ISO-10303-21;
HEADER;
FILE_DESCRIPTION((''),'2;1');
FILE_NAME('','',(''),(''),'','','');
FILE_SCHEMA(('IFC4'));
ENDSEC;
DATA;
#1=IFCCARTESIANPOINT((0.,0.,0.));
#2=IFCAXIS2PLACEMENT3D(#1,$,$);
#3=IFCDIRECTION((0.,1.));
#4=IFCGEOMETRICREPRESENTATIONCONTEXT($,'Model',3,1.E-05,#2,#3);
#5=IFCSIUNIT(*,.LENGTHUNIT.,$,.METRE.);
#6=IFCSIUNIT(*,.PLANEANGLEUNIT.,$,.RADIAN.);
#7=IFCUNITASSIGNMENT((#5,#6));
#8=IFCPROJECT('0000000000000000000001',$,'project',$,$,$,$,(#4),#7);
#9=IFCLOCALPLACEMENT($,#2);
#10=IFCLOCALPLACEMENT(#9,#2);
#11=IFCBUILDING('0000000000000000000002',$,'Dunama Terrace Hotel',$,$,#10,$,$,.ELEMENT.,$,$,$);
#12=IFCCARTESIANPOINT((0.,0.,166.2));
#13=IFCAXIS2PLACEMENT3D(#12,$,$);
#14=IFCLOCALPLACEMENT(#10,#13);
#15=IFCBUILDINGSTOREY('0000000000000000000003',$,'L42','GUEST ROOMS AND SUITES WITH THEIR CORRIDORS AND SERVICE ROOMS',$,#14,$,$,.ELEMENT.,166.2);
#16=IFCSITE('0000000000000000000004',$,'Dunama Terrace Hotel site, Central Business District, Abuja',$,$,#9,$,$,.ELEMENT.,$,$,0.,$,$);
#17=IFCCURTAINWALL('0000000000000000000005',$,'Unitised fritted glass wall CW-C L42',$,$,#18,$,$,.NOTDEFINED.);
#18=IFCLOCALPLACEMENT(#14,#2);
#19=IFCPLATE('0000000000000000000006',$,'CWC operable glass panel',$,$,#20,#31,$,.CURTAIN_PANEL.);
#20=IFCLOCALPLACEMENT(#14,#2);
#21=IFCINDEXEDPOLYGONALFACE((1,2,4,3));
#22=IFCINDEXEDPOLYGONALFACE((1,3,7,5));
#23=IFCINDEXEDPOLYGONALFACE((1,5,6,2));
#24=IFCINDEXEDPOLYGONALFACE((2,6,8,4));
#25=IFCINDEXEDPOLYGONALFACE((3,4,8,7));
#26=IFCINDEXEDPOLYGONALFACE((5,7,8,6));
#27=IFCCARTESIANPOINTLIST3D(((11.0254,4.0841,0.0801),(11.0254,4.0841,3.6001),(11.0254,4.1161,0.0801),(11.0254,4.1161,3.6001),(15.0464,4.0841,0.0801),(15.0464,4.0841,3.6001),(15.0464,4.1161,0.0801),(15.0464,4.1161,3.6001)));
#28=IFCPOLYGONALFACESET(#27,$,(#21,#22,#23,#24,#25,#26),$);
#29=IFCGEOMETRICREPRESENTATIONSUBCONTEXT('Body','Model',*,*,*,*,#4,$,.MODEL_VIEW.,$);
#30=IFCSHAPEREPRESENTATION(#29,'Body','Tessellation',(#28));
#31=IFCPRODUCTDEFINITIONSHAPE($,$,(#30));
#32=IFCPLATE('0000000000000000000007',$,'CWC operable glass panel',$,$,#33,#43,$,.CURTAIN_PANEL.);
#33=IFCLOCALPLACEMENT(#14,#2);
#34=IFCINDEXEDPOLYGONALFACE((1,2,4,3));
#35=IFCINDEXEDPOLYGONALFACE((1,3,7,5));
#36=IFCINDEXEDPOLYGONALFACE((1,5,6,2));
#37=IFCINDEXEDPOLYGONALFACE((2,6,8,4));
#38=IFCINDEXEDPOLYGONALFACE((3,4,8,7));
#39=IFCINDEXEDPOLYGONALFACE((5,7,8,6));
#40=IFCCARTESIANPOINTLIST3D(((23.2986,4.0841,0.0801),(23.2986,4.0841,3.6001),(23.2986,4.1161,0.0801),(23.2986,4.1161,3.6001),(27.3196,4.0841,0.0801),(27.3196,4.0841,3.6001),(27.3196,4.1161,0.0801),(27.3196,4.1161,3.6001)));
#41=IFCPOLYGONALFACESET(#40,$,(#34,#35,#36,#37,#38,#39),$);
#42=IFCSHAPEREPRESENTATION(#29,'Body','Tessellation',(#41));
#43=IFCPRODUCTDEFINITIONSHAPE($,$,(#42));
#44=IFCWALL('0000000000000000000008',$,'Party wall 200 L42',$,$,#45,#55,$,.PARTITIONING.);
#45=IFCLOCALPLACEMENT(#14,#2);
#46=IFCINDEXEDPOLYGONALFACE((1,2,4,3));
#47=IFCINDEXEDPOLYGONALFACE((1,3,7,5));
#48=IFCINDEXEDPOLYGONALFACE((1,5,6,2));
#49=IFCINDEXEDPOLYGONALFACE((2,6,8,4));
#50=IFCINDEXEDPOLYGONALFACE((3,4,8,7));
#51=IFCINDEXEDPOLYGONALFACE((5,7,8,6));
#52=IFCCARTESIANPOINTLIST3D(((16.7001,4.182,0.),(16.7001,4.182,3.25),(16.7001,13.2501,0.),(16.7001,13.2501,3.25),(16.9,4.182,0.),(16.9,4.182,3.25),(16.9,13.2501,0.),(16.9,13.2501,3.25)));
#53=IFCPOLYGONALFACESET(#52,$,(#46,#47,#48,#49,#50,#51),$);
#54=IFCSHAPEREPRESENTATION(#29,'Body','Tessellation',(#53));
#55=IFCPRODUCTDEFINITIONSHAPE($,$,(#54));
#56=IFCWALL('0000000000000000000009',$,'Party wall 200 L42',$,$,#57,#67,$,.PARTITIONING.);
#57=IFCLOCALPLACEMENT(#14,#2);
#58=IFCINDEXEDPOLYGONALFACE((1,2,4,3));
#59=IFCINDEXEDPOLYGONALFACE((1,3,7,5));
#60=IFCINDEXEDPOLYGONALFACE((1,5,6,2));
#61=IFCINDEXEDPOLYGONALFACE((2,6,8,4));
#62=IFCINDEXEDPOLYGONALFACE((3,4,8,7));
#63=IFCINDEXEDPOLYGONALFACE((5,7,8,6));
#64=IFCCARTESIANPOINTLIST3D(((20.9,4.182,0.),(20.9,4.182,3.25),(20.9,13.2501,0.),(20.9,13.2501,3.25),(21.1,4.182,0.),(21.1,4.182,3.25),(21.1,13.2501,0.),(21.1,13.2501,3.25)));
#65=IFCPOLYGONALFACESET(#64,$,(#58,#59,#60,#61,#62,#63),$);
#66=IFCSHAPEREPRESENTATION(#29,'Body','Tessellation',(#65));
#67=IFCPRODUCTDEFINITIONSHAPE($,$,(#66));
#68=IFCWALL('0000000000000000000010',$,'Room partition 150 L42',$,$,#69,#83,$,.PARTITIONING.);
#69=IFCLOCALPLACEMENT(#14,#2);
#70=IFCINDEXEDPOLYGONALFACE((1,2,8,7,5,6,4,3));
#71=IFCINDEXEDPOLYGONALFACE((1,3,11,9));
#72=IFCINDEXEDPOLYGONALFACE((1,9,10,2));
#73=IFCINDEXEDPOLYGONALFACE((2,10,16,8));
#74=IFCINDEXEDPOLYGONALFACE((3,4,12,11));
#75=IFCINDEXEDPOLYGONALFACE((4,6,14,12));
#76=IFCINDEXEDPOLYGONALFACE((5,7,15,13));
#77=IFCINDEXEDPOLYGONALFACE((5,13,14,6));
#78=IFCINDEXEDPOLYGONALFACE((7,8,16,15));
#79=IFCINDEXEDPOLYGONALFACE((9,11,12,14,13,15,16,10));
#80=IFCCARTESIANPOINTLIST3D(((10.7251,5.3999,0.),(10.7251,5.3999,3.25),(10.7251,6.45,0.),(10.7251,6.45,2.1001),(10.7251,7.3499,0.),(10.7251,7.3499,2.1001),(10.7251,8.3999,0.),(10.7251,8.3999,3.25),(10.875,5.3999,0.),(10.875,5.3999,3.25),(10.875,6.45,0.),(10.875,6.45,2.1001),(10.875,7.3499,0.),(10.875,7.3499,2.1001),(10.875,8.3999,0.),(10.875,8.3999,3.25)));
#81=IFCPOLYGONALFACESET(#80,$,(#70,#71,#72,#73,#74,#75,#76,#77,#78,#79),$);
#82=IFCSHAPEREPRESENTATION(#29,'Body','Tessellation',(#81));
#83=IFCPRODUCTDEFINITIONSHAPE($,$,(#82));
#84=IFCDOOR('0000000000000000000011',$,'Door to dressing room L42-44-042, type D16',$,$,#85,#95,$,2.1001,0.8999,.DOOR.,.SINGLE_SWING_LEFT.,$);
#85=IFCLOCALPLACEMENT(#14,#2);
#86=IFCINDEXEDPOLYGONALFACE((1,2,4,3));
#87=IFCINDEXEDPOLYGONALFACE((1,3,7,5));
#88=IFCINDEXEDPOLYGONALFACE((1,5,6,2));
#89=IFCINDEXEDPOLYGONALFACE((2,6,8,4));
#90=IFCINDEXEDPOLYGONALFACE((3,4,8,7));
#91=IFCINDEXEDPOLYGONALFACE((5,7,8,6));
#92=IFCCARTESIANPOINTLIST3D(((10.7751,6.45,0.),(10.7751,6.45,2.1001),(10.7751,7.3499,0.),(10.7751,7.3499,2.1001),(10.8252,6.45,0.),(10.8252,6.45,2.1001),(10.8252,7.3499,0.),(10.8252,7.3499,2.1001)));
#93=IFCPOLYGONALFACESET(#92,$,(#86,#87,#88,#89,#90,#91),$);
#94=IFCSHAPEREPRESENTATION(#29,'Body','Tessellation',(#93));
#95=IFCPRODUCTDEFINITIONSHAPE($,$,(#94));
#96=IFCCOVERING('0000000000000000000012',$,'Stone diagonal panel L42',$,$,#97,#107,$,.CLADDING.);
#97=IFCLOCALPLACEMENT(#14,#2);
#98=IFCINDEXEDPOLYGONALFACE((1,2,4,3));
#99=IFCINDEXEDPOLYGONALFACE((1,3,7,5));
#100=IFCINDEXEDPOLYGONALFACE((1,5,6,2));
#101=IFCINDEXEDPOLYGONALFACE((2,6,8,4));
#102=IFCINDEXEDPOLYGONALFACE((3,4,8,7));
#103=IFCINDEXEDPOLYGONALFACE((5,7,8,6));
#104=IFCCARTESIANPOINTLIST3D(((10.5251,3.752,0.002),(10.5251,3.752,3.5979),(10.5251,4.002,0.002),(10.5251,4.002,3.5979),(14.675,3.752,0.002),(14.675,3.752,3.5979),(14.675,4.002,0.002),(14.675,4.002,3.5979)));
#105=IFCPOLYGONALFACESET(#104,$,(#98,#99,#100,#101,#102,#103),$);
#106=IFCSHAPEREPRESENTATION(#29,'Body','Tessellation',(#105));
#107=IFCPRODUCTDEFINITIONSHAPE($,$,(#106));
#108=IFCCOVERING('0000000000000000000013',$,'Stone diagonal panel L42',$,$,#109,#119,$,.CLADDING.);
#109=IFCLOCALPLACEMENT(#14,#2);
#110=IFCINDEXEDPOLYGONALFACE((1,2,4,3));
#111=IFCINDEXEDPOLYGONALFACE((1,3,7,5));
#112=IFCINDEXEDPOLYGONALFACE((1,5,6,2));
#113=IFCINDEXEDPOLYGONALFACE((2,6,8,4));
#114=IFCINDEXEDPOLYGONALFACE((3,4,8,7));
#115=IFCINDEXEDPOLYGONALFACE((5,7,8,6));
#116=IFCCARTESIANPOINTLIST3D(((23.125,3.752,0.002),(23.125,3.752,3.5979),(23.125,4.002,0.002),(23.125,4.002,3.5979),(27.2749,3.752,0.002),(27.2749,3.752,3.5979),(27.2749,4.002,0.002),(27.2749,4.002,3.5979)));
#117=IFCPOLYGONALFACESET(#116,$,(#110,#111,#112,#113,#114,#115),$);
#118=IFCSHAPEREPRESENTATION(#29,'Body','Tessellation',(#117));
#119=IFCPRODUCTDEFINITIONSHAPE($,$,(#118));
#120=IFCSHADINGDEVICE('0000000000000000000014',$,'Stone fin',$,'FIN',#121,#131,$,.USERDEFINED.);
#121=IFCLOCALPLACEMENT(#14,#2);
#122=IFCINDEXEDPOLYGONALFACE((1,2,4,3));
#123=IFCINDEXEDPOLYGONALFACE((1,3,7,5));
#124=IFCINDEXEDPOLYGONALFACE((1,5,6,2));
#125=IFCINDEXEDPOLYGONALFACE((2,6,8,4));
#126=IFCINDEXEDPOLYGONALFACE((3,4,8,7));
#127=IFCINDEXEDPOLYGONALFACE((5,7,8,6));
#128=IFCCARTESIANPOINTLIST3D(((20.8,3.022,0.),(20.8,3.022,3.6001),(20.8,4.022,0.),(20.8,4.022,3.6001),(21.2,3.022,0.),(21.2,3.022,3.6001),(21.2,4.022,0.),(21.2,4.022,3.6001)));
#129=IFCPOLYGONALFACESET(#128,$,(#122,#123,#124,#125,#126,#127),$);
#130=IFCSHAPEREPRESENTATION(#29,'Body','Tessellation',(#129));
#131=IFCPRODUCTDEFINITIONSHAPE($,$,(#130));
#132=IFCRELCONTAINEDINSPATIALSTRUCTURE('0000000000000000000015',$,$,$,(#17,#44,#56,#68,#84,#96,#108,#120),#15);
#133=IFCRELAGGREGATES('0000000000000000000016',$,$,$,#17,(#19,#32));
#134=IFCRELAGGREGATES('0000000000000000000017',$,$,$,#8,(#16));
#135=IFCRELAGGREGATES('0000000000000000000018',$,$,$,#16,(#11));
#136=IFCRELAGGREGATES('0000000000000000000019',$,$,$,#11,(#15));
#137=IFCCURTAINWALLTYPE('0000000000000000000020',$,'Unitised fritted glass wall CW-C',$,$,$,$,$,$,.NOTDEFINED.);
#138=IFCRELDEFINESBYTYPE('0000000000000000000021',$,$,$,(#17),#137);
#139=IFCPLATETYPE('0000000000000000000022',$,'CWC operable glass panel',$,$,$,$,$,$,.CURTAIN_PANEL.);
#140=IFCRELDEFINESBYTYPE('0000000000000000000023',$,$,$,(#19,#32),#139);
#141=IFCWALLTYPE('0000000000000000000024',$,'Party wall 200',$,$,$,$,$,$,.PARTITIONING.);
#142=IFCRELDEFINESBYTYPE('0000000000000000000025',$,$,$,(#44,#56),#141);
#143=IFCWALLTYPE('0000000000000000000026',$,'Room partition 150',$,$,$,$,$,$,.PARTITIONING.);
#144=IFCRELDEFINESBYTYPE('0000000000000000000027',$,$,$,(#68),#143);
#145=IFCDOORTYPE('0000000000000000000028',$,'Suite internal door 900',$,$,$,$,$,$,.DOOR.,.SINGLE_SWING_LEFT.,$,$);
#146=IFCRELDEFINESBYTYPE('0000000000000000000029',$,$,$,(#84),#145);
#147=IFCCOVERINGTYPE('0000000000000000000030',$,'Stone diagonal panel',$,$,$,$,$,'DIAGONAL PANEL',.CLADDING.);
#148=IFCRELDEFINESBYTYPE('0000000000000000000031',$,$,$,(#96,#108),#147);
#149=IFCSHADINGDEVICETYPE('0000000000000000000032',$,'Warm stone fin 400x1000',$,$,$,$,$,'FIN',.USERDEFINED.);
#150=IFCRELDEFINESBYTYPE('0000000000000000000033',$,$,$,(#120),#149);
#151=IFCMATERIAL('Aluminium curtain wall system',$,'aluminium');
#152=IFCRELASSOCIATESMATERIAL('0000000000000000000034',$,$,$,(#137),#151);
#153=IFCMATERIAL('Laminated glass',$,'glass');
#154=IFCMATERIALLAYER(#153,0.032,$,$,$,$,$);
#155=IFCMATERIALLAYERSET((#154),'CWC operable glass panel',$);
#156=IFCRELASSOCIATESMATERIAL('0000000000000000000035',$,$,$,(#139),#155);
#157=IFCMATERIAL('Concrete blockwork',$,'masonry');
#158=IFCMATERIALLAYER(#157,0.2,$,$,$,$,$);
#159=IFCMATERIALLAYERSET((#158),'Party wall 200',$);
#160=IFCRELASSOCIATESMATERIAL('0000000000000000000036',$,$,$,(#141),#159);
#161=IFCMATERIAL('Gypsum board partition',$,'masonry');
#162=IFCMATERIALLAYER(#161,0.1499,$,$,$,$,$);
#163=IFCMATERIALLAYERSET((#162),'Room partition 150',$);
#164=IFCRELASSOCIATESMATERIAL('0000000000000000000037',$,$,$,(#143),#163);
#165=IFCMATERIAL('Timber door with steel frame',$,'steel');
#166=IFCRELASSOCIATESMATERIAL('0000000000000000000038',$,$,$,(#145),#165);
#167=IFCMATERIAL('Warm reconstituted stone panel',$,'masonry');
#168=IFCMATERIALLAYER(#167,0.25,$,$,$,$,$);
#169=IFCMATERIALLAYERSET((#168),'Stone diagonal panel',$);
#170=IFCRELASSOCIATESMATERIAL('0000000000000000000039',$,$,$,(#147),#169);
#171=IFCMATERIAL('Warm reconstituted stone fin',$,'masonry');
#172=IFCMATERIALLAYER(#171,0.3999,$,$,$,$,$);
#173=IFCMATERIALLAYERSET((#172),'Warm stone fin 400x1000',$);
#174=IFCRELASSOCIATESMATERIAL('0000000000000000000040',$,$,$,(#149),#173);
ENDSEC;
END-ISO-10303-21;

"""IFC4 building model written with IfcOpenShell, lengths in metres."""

from ifc_helpers import new_model, si_unit, direction, frame, frame_2d, origin, origin_2d, place, context, subcontext, project, spatial, rectangle, extrude, material, layer, layer_set, type_object, element, fill, aggregate, save


model = new_model("IFC4")

# Units and contexts
model_context = context("Model", 3, precision=1e-05, world=origin(), true_north=direction((0.0, 1.0)))
body_context = subcontext(model_context, "Body", "Model", "MODEL_VIEW")
ifc_project = project(units=[si_unit("LENGTHUNIT", "METRE"), si_unit("PLANEANGLEUNIT", "RADIAN")], contexts=[model_context])

# Site, building, storey
site_placement = place(None, origin())
site = spatial("IfcSite", under=ifc_project, at=site_placement, Name="Dunama Terrace Hotel site, Central Business District, Abuja", CompositionType="ELEMENT", RefElevation=0.0)
building_placement = place(site_placement, origin())
building = spatial("IfcBuilding", under=site, at=building_placement, Name="Dunama Terrace Hotel", CompositionType="ELEMENT")
storey_placement = place(building_placement, frame((0.0, 0.0, 166.2)))
storey = spatial("IfcBuildingStorey", under=building, at=storey_placement, Name="L42", Description="GUEST ROOMS AND SUITES WITH THEIR CORRIDORS AND SERVICE ROOMS", CompositionType="ELEMENT", Elevation=166.2)

# Curtain wall
ifc_material_1 = material(Name="Aluminium curtain wall system", Category="aluminium")
curtain_wall_type = type_object("IfcCurtainWallType", Name="Unitised fritted glass wall CW-C", PredefinedType="NOTDEFINED", material=ifc_material_1)
curtain_wall_placement = place(storey_placement, origin())
curtain_wall = element("IfcCurtainWall", 1, at=curtain_wall_placement, inside=storey, type_object=curtain_wall_type, Name="Unitised fritted glass wall CW-C L42", PredefinedType="NOTDEFINED")

# Plates
ifc_material_2 = material(Name="Laminated glass", Category="glass")
ifc_layer_1 = layer(ifc_material_2, 0.032)
ifc_layer_set_1 = layer_set([ifc_layer_1], Name="CWC operable glass panel")
plate_type_1 = type_object("IfcPlateType", Name="CWC operable glass panel", PredefinedType="CURTAIN_PANEL", material=ifc_layer_set_1)
plate_1_placement = place(storey_placement, frame((13.0359, 4.1001, 0.0801), z_axis=(0.0, 0.0, 1.0), x_axis=(1.0, 0.0, 0.0)))
plate_1 = element("IfcPlate", 2, at=plate_1_placement, type_object=plate_type_1, Name="CWC operable glass panel", PredefinedType="CURTAIN_PANEL", context=body_context, shape_type="SweptSolid", body=[
    extrude(rectangle(XDim=4.021, YDim=0.032, at=origin_2d()), origin(), (0.0, 0.0, 1.0), 3.52),
])
plate_2_placement = place(storey_placement, frame((25.3091, 4.1001, 0.0801), z_axis=(0.0, 0.0, 1.0), x_axis=(1.0, 0.0, 0.0)))
plate_2 = element("IfcPlate", 3, at=plate_2_placement, type_object=plate_type_1, Name="CWC operable glass panel", PredefinedType="CURTAIN_PANEL", context=body_context, shape_type="SweptSolid", body=[
    extrude(rectangle(XDim=4.021, YDim=0.032, at=origin_2d()), origin(), (0.0, 0.0, 1.0), 3.52),
])
aggregate(curtain_wall, [plate_1, plate_2])

# Walls
ifc_material_3 = material(Name="Concrete blockwork", Category="masonry")
ifc_layer_2 = layer(ifc_material_3, 0.2)
ifc_layer_set_2 = layer_set([ifc_layer_2], Name="Party wall 200")
wall_type_1 = type_object("IfcWallType", Name="Party wall 200", PredefinedType="PARTITIONING", material=ifc_layer_set_2)
for number, where, z_axis, x_axis, name in (
    (4, (16.8, 4.1819, 0.0), (0.0, 0.0, 1.0), (0.0, 1.0, 0.0), "Party wall 200 L42"),
    (5, (21.0, 4.1819, 0.0), (0.0, 0.0, 1.0), (0.0, 1.0, 0.0), "Party wall 200 L42"),
):
    element("IfcWall", number, at=place(storey_placement, frame(where, z_axis=z_axis, x_axis=x_axis)), inside=storey, type_object=wall_type_1, Name=name, PredefinedType="PARTITIONING", context=body_context, shape_type="SweptSolid", body=[
        extrude(rectangle(XDim=9.0681, YDim=0.2, at=frame_2d((4.5342, 0.0))), origin(), (0.0, 0.0, 1.0), 3.25),
    ])

# Wall, opening, door
ifc_material_4 = material(Name="Gypsum board partition", Category="masonry")
ifc_layer_3 = layer(ifc_material_4, 0.1499)
ifc_layer_set_3 = layer_set([ifc_layer_3], Name="Room partition 150")
wall_type_2 = type_object("IfcWallType", Name="Room partition 150", PredefinedType="PARTITIONING", material=ifc_layer_set_3)
wall_placement = place(storey_placement, frame((10.8, 5.3999, 0.0), z_axis=(0.0, 0.0, 1.0), x_axis=(0.0, 1.0, 0.0)))
wall = element("IfcWall", 6, at=wall_placement, inside=storey, type_object=wall_type_2, Name="Room partition 150 L42", PredefinedType="PARTITIONING", context=body_context, shape_type="SweptSolid", body=[
    extrude(rectangle(XDim=3.0, YDim=0.1499, at=frame_2d((1.5, 0.0))), origin(), (0.0, 0.0, 1.0), 3.25),
])
opening_placement = place(wall_placement, frame((1.05, 0.0, 0.0)))
opening = element("IfcOpeningElement", 7, at=opening_placement, cuts=wall, PredefinedType="OPENING", context=body_context, shape_type="SweptSolid", body=[
    extrude(rectangle(XDim=0.8999, YDim=2.1001, at=frame_2d((0.45, 1.05))), frame((0.0, 0.085, 0.0), z_axis=(0.0, -1.0, 0.0), x_axis=(1.0, 0.0, 0.0)), (0.0, 0.0, 1.0), 0.1699),
])
ifc_material_5 = material(Name="Timber door with steel frame", Category="steel")
door_type = type_object("IfcDoorType", Name="Suite internal door 900", OperationType="SINGLE_SWING_LEFT", PredefinedType="DOOR", material=ifc_material_5)
door_placement = place(opening_placement, frame((0.8999, 0.0, 0.0), z_axis=(0.0, 0.0, 1.0), x_axis=(-1.0, 0.0, 0.0)))
door = element("IfcDoor", 8, at=door_placement, inside=storey, type_object=door_type, Name="Door to dressing room L42-44-042, type D16", OperationType="SINGLE_SWING_LEFT", OverallHeight=2.1001, OverallWidth=0.8999, PredefinedType="DOOR", context=body_context, shape_type="SweptSolid", body=[
    extrude(rectangle(XDim=0.8999, YDim=2.1001, at=frame_2d((0.45, 1.05))), frame((0.0, 0.0251, 0.0), z_axis=(0.0, -1.0, 0.0), x_axis=(1.0, 0.0, 0.0)), (0.0, 0.0, 1.0), 0.05),
])
fill(opening, door)

# Coverings
ifc_material_6 = material(Name="Warm reconstituted stone panel", Category="masonry")
ifc_layer_4 = layer(ifc_material_6, 0.25)
ifc_layer_set_4 = layer_set([ifc_layer_4], Name="Stone diagonal panel")
covering_type = type_object("IfcCoveringType", Name="Stone diagonal panel", ElementType="DIAGONAL PANEL", PredefinedType="CLADDING", material=ifc_layer_set_4)
for number, where, z_axis, x_axis, name in (
    (9, (12.6001, 3.877, 0.002), (0.0, 0.0, 1.0), (1.0, 0.0, 0.0), "Stone diagonal panel L42"),
    (10, (25.2, 3.877, 0.002), (0.0, 0.0, 1.0), (1.0, 0.0, 0.0), "Stone diagonal panel L42"),
):
    element("IfcCovering", number, at=place(storey_placement, frame(where, z_axis=z_axis, x_axis=x_axis)), inside=storey, type_object=covering_type, Name=name, PredefinedType="CLADDING", context=body_context, shape_type="SweptSolid", body=[
        extrude(rectangle(XDim=4.1499, YDim=0.25, at=origin_2d()), origin(), (0.0, 0.0, 1.0), 3.5959),
    ])

# Shading device
ifc_material_7 = material(Name="Warm reconstituted stone fin", Category="masonry")
ifc_layer_5 = layer(ifc_material_7, 0.3999)
ifc_layer_set_5 = layer_set([ifc_layer_5], Name="Warm stone fin 400x1000")
shading_device_type = type_object("IfcShadingDeviceType", Name="Warm stone fin 400x1000", ElementType="FIN", PredefinedType="USERDEFINED", material=ifc_layer_set_5)
shading_device_placement = place(storey_placement, frame((21.0, 3.522, 0.0), z_axis=(0.0, 0.0, 1.0), x_axis=(1.0, 0.0, 0.0)))
element("IfcShadingDevice", 11, at=shading_device_placement, inside=storey, type_object=shading_device_type, Name="Stone fin", ObjectType="FIN", PredefinedType="USERDEFINED", context=body_context, shape_type="SweptSolid", body=[
    extrude(rectangle(XDim=0.3999, YDim=1.0, at=origin_2d()), origin(), (0.0, 0.0, 1.0), 3.6001),
])

save(model, "model.ifc")
